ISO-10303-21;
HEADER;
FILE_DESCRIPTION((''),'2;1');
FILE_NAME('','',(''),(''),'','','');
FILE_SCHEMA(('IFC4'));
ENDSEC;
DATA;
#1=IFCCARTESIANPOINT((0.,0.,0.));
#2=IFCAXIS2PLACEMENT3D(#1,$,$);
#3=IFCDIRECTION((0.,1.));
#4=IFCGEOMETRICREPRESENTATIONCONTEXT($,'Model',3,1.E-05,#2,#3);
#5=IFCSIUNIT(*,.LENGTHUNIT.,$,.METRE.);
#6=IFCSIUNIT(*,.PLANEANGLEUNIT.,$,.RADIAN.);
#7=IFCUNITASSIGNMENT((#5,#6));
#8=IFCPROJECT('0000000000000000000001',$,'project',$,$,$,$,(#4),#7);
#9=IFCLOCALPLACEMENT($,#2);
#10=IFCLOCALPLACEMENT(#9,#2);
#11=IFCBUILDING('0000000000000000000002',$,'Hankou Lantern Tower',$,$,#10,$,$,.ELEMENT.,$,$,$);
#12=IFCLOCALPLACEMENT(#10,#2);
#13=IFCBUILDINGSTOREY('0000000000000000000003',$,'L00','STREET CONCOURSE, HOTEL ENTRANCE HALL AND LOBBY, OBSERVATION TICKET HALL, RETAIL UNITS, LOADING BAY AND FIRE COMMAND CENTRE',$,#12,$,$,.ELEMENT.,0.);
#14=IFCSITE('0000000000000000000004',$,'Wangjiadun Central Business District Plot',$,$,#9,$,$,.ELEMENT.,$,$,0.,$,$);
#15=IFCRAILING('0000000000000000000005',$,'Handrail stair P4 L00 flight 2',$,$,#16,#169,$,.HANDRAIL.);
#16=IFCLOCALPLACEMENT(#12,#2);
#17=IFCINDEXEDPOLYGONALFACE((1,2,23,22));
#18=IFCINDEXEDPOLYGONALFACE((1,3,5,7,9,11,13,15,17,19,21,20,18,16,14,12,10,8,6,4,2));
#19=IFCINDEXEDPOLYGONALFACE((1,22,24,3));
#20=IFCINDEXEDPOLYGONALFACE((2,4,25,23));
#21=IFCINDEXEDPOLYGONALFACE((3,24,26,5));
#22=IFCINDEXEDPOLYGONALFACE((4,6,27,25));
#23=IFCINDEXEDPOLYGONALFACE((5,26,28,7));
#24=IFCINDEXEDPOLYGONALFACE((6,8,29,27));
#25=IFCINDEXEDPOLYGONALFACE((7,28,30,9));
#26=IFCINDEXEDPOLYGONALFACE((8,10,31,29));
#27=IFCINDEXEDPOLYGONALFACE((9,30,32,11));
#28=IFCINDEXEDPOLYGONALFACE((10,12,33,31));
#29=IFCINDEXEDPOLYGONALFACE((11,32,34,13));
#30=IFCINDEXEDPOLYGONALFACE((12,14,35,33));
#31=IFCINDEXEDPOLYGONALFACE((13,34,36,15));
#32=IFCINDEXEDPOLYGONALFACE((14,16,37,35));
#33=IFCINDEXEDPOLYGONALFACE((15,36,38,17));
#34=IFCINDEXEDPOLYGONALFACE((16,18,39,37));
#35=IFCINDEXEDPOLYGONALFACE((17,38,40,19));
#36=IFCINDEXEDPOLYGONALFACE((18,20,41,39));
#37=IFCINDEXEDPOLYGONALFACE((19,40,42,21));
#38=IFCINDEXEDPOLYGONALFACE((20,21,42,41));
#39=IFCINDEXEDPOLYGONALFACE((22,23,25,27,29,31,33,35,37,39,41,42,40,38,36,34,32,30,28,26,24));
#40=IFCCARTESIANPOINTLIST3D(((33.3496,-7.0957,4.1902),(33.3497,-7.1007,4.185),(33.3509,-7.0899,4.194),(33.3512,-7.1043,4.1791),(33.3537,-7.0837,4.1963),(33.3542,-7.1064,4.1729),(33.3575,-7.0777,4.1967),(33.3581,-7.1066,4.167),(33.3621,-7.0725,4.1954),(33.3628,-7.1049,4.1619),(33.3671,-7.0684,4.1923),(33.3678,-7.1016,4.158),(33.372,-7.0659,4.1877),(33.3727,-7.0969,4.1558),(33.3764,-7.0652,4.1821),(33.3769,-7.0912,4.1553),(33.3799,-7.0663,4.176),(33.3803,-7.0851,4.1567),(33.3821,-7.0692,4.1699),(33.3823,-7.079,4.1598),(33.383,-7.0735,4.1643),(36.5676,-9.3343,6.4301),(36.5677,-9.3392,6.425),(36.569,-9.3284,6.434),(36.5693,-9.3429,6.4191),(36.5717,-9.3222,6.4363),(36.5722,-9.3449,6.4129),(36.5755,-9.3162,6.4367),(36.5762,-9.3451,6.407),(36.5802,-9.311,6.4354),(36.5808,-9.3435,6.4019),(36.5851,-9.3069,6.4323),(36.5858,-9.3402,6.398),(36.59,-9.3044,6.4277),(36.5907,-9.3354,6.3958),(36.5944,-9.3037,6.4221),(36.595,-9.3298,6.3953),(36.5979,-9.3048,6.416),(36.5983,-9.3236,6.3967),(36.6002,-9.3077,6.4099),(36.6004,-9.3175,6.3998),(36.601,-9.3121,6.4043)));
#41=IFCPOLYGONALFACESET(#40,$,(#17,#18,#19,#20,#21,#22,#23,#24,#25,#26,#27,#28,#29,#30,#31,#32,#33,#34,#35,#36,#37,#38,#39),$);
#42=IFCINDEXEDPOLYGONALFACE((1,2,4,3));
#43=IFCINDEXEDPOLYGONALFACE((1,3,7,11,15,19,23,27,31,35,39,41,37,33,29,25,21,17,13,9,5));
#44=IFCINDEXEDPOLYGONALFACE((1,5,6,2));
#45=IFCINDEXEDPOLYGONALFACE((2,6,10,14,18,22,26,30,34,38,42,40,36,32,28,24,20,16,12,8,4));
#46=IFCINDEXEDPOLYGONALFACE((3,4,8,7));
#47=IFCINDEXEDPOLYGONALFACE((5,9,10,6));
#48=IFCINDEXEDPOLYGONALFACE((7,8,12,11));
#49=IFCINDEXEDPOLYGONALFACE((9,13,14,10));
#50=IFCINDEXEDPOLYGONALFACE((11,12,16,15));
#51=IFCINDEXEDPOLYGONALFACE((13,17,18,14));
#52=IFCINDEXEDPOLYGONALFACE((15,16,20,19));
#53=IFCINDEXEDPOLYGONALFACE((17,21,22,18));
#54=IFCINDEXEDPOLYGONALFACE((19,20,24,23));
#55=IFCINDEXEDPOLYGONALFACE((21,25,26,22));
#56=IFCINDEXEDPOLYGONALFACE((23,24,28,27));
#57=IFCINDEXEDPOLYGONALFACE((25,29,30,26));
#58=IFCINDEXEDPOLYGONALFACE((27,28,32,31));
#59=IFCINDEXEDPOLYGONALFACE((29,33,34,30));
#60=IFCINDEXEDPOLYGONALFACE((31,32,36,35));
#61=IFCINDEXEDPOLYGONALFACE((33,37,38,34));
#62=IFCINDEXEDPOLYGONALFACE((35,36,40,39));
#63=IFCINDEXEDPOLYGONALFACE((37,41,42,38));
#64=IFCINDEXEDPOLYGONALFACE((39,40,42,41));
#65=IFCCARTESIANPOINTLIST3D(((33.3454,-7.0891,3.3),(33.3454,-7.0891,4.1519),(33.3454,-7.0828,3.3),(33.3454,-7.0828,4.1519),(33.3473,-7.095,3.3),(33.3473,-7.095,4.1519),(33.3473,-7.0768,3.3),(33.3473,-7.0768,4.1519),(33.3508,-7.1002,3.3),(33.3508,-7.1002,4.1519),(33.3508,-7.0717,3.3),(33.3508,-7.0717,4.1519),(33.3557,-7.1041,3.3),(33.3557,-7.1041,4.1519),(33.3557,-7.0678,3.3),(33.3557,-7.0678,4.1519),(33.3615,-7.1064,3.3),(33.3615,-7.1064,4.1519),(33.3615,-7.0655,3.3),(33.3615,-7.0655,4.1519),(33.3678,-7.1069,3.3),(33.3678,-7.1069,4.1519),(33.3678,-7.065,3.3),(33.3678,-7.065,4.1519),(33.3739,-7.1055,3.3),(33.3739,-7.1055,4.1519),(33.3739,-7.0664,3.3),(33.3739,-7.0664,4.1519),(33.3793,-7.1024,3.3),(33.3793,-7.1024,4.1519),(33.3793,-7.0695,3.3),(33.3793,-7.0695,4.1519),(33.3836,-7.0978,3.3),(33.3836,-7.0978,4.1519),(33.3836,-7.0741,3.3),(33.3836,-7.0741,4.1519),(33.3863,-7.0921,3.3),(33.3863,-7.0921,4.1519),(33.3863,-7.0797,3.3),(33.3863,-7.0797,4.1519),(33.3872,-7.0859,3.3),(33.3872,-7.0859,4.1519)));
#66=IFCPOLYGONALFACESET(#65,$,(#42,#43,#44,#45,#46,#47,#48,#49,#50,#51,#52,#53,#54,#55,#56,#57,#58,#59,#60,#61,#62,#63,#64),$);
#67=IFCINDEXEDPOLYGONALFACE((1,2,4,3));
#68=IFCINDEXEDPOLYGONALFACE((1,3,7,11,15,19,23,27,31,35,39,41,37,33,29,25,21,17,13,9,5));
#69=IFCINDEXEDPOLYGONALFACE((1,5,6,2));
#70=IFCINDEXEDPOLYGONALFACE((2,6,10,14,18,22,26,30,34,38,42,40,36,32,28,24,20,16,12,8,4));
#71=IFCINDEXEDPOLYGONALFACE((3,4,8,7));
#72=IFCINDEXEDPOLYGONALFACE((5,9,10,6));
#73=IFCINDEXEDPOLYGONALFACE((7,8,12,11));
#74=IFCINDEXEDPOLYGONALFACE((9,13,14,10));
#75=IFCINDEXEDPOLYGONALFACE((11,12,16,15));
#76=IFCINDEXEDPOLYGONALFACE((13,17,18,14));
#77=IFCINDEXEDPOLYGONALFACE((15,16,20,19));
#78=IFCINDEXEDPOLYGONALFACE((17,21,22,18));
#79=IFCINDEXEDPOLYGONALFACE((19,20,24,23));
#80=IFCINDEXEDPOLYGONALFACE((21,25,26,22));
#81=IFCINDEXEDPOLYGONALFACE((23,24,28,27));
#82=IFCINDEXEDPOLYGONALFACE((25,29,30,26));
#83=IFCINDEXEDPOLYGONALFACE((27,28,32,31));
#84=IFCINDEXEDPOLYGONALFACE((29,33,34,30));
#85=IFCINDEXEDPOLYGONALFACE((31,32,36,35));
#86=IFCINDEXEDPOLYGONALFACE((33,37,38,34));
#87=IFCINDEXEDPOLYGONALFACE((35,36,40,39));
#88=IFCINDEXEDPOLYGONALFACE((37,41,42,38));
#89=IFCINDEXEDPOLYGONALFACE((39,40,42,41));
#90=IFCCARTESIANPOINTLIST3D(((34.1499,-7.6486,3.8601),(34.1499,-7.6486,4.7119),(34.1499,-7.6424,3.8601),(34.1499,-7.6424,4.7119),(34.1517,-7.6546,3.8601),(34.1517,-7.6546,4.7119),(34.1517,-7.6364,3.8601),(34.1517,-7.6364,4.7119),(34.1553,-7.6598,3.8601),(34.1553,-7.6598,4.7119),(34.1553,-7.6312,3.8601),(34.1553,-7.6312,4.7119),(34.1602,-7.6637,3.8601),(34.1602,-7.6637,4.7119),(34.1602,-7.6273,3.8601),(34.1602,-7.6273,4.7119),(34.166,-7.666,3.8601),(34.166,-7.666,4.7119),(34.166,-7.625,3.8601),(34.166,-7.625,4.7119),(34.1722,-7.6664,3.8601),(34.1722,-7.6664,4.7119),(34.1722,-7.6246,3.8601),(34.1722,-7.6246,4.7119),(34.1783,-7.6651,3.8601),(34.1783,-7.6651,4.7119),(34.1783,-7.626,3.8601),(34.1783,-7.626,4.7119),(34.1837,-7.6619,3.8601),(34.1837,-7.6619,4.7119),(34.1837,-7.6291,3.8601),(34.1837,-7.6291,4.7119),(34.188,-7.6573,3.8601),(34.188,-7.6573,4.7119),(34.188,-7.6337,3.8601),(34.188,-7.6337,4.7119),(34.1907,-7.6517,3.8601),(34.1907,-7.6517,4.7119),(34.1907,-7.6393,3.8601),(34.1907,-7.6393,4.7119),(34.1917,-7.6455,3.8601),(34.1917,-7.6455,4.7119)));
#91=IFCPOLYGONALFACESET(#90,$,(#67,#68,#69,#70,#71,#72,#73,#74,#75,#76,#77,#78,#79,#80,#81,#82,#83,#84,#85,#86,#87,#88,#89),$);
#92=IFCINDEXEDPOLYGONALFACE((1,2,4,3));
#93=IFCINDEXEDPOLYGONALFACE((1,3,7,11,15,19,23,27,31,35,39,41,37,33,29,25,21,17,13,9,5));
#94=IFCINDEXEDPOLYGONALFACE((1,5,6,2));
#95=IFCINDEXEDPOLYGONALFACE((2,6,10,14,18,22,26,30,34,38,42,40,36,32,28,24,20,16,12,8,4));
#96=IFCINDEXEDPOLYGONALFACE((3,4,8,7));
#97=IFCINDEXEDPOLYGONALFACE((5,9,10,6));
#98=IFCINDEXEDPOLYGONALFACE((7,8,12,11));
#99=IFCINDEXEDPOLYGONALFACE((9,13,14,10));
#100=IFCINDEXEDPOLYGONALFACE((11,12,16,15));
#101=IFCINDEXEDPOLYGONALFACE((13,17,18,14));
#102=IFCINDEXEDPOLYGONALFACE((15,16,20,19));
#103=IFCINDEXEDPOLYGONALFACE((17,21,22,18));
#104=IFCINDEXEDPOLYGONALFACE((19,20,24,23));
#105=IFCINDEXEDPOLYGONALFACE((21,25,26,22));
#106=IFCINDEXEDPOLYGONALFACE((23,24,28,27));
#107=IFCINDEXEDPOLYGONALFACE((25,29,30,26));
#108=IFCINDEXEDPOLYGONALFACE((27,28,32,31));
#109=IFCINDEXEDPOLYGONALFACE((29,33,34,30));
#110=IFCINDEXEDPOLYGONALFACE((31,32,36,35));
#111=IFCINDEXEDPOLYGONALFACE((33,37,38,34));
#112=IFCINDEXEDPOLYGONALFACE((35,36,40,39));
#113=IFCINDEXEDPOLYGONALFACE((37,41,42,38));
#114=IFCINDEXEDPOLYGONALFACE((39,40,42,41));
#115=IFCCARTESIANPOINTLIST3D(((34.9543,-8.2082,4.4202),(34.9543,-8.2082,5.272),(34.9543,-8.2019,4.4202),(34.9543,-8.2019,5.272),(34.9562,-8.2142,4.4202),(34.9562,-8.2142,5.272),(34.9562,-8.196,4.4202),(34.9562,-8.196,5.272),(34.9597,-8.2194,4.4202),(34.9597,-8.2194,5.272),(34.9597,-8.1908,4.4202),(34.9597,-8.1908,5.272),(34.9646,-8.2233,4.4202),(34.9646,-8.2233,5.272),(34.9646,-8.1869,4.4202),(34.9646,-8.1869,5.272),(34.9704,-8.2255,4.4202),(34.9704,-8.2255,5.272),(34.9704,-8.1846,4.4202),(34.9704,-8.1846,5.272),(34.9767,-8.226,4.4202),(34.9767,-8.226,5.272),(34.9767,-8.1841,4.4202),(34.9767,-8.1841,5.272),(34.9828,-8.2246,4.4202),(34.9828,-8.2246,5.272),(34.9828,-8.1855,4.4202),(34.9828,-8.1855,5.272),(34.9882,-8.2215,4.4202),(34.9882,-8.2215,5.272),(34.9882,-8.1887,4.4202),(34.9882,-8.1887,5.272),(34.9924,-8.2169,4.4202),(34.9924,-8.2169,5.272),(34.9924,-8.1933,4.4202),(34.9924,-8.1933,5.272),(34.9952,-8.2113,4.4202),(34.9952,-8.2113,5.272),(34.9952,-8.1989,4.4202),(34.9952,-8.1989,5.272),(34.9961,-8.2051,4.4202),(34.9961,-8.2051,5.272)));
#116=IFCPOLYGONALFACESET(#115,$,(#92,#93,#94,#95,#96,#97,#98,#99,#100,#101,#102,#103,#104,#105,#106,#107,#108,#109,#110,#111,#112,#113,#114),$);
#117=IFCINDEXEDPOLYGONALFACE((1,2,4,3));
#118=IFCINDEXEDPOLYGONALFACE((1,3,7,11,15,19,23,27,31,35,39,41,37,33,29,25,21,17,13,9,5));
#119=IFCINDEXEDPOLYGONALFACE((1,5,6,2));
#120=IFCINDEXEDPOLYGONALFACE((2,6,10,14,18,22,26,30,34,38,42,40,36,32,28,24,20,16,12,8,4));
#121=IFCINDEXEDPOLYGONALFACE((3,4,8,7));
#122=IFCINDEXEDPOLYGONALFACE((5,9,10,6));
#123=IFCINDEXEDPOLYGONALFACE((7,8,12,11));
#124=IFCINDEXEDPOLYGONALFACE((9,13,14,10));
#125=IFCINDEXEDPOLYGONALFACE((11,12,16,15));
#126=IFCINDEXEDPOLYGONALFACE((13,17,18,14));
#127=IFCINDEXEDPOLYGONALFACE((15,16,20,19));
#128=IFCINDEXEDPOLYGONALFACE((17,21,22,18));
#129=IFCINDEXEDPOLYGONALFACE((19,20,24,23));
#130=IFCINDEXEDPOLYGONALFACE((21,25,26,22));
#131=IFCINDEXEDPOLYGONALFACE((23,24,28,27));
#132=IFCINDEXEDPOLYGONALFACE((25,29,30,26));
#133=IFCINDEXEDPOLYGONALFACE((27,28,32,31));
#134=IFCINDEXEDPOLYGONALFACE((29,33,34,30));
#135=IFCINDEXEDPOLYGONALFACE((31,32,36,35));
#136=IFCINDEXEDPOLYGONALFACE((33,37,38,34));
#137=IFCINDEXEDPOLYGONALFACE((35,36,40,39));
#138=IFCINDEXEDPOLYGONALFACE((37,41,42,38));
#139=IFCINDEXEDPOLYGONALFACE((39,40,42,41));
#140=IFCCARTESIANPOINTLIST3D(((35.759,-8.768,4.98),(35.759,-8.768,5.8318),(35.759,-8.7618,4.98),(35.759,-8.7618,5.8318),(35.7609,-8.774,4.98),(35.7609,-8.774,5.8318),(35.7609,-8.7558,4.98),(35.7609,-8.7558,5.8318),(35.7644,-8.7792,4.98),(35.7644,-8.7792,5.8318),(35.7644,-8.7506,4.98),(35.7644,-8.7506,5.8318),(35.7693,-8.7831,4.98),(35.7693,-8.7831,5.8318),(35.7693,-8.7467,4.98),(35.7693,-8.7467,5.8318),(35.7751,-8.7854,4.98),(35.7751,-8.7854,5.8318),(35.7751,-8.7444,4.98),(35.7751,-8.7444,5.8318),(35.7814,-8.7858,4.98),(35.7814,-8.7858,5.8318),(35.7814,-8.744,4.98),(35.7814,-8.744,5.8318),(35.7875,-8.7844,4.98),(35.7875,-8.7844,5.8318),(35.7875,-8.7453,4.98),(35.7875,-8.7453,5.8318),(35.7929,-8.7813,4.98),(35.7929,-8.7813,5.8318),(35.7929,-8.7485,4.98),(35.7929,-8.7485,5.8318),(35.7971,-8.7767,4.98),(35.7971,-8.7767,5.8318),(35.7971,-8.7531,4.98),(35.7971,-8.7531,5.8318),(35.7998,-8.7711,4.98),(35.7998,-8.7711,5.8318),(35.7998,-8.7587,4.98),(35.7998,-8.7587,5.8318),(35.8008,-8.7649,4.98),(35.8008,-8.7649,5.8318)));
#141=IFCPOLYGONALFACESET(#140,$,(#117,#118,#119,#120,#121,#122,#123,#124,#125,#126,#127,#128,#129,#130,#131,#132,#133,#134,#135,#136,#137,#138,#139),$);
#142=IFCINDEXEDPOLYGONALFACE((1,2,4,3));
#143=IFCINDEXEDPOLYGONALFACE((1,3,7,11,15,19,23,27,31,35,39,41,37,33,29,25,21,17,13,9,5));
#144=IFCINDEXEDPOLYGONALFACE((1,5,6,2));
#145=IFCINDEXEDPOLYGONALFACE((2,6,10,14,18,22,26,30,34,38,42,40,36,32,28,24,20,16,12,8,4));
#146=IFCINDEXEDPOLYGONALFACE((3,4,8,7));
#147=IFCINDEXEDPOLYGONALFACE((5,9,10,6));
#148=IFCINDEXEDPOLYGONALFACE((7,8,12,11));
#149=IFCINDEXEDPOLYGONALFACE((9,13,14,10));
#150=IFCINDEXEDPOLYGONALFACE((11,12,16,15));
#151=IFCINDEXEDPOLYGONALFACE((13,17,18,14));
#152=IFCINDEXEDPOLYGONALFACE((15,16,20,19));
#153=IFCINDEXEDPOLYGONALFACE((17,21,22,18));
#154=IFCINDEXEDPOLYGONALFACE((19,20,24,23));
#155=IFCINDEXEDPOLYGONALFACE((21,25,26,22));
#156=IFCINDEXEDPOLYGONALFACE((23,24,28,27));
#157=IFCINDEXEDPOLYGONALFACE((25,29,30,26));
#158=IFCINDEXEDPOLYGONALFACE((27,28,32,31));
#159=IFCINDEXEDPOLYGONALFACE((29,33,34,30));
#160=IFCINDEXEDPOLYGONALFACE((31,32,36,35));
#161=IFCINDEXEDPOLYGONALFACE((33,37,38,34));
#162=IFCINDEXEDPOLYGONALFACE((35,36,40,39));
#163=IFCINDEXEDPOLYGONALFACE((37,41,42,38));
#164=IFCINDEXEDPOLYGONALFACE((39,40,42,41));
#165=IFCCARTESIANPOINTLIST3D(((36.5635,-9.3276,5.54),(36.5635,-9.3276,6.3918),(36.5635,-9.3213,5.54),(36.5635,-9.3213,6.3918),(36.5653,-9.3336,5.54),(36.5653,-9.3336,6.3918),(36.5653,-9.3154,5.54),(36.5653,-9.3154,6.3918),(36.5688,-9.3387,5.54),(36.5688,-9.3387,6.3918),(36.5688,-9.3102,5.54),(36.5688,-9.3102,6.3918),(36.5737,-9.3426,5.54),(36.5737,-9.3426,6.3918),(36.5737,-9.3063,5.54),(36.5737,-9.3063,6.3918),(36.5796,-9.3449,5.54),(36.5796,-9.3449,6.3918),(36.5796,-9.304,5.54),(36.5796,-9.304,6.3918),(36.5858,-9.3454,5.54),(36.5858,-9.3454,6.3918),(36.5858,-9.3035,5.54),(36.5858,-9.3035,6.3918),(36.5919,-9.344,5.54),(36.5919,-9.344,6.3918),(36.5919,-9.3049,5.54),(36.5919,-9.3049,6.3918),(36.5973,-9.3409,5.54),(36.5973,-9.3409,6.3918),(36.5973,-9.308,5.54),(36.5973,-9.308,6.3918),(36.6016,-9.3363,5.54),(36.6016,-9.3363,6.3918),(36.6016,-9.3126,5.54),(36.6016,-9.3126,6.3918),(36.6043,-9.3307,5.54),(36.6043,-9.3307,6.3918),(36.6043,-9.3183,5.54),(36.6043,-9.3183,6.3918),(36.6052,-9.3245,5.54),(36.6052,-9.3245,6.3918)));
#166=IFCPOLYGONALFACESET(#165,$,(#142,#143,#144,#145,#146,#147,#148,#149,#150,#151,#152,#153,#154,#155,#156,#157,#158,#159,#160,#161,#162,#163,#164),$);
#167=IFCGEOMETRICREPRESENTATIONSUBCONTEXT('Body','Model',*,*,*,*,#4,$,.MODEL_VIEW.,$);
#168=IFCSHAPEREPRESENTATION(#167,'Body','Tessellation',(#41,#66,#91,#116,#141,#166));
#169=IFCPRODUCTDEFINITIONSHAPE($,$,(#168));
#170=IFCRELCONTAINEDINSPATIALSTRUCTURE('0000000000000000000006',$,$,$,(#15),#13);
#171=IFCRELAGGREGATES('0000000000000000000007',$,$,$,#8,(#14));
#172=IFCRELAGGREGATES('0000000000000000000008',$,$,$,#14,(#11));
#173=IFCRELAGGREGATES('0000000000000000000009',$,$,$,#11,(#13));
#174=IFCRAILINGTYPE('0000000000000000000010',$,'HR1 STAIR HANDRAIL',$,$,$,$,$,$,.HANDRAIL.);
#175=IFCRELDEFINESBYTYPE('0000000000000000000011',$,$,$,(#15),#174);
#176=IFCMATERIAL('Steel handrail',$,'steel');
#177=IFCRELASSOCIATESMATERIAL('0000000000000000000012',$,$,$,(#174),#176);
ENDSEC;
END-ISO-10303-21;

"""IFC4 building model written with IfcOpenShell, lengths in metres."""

from ifc_helpers import new_model, si_unit, direction, frame, origin, origin_2d, place, context, subcontext, project, spatial, circle, extrude, material, type_object, element, save


model = new_model("IFC4")

# Units and contexts
model_context = context("Model", 3, precision=1e-05, world=origin(), true_north=direction((0.0, 1.0)))
body_context = subcontext(model_context, "Body", "Model", "MODEL_VIEW")
ifc_project = project(units=[si_unit("LENGTHUNIT", "METRE"), si_unit("PLANEANGLEUNIT", "RADIAN")], contexts=[model_context])

# Site, building, storey
site_placement = place(None, origin())
site = spatial("IfcSite", under=ifc_project, at=site_placement, Name="Wangjiadun Central Business District Plot", CompositionType="ELEMENT", RefElevation=0.0)
building_placement = place(site_placement, origin())
building = spatial("IfcBuilding", under=site, at=building_placement, Name="Hankou Lantern Tower", CompositionType="ELEMENT")
storey_placement = place(building_placement, origin())
storey = spatial("IfcBuildingStorey", under=building, at=storey_placement, Name="L00", Description="STREET CONCOURSE, HOTEL ENTRANCE HALL AND LOBBY, OBSERVATION TICKET HALL, RETAIL UNITS, LOADING BAY AND FIRE COMMAND CENTRE", CompositionType="ELEMENT", Elevation=0.0)

# Railing
ifc_material_1 = material(Name="Steel handrail", Category="steel")
railing_type = type_object("IfcRailingType", Name="HR1 STAIR HANDRAIL", PredefinedType="HANDRAIL", material=ifc_material_1)
railing_placement = place(storey_placement, frame((33.3662, -7.0859, 3.3)))
element("IfcRailing", 1, at=railing_placement, inside=storey, type_object=railing_type, Name="Handrail stair P4 L00 flight 2", PredefinedType="HANDRAIL", context=body_context, shape_type="SweptSolid", body=[
    extrude(circle(Radius=0.0239, at=origin_2d()), frame((0.0, 0.0, 0.876), z_axis=(0.712757, -0.49581, 0.496134), x_axis=(0.571048, 0.820917, 0.0)), (0.0, 0.0, 1.0), 4.5149),
    extrude(circle(Radius=0.021, at=origin_2d()), origin(), (0.0, 0.0, 1.0), 0.8518),
    extrude(circle(Radius=0.021, at=origin_2d()), frame((0.8044, -0.5596, 0.5601)), (0.0, 0.0, 1.0), 0.8518),
    extrude(circle(Radius=0.021, at=origin_2d()), frame((1.6089, -1.1191, 1.1201)), (0.0, 0.0, 1.0), 0.8518),
    extrude(circle(Radius=0.021, at=origin_2d()), frame((2.4136, -1.679, 1.6799)), (0.0, 0.0, 1.0), 0.8518),
    extrude(circle(Radius=0.021, at=origin_2d()), frame((3.218, -2.2385, 2.24)), (0.0, 0.0, 1.0), 0.8518),
])

save(model, "model.ifc")
